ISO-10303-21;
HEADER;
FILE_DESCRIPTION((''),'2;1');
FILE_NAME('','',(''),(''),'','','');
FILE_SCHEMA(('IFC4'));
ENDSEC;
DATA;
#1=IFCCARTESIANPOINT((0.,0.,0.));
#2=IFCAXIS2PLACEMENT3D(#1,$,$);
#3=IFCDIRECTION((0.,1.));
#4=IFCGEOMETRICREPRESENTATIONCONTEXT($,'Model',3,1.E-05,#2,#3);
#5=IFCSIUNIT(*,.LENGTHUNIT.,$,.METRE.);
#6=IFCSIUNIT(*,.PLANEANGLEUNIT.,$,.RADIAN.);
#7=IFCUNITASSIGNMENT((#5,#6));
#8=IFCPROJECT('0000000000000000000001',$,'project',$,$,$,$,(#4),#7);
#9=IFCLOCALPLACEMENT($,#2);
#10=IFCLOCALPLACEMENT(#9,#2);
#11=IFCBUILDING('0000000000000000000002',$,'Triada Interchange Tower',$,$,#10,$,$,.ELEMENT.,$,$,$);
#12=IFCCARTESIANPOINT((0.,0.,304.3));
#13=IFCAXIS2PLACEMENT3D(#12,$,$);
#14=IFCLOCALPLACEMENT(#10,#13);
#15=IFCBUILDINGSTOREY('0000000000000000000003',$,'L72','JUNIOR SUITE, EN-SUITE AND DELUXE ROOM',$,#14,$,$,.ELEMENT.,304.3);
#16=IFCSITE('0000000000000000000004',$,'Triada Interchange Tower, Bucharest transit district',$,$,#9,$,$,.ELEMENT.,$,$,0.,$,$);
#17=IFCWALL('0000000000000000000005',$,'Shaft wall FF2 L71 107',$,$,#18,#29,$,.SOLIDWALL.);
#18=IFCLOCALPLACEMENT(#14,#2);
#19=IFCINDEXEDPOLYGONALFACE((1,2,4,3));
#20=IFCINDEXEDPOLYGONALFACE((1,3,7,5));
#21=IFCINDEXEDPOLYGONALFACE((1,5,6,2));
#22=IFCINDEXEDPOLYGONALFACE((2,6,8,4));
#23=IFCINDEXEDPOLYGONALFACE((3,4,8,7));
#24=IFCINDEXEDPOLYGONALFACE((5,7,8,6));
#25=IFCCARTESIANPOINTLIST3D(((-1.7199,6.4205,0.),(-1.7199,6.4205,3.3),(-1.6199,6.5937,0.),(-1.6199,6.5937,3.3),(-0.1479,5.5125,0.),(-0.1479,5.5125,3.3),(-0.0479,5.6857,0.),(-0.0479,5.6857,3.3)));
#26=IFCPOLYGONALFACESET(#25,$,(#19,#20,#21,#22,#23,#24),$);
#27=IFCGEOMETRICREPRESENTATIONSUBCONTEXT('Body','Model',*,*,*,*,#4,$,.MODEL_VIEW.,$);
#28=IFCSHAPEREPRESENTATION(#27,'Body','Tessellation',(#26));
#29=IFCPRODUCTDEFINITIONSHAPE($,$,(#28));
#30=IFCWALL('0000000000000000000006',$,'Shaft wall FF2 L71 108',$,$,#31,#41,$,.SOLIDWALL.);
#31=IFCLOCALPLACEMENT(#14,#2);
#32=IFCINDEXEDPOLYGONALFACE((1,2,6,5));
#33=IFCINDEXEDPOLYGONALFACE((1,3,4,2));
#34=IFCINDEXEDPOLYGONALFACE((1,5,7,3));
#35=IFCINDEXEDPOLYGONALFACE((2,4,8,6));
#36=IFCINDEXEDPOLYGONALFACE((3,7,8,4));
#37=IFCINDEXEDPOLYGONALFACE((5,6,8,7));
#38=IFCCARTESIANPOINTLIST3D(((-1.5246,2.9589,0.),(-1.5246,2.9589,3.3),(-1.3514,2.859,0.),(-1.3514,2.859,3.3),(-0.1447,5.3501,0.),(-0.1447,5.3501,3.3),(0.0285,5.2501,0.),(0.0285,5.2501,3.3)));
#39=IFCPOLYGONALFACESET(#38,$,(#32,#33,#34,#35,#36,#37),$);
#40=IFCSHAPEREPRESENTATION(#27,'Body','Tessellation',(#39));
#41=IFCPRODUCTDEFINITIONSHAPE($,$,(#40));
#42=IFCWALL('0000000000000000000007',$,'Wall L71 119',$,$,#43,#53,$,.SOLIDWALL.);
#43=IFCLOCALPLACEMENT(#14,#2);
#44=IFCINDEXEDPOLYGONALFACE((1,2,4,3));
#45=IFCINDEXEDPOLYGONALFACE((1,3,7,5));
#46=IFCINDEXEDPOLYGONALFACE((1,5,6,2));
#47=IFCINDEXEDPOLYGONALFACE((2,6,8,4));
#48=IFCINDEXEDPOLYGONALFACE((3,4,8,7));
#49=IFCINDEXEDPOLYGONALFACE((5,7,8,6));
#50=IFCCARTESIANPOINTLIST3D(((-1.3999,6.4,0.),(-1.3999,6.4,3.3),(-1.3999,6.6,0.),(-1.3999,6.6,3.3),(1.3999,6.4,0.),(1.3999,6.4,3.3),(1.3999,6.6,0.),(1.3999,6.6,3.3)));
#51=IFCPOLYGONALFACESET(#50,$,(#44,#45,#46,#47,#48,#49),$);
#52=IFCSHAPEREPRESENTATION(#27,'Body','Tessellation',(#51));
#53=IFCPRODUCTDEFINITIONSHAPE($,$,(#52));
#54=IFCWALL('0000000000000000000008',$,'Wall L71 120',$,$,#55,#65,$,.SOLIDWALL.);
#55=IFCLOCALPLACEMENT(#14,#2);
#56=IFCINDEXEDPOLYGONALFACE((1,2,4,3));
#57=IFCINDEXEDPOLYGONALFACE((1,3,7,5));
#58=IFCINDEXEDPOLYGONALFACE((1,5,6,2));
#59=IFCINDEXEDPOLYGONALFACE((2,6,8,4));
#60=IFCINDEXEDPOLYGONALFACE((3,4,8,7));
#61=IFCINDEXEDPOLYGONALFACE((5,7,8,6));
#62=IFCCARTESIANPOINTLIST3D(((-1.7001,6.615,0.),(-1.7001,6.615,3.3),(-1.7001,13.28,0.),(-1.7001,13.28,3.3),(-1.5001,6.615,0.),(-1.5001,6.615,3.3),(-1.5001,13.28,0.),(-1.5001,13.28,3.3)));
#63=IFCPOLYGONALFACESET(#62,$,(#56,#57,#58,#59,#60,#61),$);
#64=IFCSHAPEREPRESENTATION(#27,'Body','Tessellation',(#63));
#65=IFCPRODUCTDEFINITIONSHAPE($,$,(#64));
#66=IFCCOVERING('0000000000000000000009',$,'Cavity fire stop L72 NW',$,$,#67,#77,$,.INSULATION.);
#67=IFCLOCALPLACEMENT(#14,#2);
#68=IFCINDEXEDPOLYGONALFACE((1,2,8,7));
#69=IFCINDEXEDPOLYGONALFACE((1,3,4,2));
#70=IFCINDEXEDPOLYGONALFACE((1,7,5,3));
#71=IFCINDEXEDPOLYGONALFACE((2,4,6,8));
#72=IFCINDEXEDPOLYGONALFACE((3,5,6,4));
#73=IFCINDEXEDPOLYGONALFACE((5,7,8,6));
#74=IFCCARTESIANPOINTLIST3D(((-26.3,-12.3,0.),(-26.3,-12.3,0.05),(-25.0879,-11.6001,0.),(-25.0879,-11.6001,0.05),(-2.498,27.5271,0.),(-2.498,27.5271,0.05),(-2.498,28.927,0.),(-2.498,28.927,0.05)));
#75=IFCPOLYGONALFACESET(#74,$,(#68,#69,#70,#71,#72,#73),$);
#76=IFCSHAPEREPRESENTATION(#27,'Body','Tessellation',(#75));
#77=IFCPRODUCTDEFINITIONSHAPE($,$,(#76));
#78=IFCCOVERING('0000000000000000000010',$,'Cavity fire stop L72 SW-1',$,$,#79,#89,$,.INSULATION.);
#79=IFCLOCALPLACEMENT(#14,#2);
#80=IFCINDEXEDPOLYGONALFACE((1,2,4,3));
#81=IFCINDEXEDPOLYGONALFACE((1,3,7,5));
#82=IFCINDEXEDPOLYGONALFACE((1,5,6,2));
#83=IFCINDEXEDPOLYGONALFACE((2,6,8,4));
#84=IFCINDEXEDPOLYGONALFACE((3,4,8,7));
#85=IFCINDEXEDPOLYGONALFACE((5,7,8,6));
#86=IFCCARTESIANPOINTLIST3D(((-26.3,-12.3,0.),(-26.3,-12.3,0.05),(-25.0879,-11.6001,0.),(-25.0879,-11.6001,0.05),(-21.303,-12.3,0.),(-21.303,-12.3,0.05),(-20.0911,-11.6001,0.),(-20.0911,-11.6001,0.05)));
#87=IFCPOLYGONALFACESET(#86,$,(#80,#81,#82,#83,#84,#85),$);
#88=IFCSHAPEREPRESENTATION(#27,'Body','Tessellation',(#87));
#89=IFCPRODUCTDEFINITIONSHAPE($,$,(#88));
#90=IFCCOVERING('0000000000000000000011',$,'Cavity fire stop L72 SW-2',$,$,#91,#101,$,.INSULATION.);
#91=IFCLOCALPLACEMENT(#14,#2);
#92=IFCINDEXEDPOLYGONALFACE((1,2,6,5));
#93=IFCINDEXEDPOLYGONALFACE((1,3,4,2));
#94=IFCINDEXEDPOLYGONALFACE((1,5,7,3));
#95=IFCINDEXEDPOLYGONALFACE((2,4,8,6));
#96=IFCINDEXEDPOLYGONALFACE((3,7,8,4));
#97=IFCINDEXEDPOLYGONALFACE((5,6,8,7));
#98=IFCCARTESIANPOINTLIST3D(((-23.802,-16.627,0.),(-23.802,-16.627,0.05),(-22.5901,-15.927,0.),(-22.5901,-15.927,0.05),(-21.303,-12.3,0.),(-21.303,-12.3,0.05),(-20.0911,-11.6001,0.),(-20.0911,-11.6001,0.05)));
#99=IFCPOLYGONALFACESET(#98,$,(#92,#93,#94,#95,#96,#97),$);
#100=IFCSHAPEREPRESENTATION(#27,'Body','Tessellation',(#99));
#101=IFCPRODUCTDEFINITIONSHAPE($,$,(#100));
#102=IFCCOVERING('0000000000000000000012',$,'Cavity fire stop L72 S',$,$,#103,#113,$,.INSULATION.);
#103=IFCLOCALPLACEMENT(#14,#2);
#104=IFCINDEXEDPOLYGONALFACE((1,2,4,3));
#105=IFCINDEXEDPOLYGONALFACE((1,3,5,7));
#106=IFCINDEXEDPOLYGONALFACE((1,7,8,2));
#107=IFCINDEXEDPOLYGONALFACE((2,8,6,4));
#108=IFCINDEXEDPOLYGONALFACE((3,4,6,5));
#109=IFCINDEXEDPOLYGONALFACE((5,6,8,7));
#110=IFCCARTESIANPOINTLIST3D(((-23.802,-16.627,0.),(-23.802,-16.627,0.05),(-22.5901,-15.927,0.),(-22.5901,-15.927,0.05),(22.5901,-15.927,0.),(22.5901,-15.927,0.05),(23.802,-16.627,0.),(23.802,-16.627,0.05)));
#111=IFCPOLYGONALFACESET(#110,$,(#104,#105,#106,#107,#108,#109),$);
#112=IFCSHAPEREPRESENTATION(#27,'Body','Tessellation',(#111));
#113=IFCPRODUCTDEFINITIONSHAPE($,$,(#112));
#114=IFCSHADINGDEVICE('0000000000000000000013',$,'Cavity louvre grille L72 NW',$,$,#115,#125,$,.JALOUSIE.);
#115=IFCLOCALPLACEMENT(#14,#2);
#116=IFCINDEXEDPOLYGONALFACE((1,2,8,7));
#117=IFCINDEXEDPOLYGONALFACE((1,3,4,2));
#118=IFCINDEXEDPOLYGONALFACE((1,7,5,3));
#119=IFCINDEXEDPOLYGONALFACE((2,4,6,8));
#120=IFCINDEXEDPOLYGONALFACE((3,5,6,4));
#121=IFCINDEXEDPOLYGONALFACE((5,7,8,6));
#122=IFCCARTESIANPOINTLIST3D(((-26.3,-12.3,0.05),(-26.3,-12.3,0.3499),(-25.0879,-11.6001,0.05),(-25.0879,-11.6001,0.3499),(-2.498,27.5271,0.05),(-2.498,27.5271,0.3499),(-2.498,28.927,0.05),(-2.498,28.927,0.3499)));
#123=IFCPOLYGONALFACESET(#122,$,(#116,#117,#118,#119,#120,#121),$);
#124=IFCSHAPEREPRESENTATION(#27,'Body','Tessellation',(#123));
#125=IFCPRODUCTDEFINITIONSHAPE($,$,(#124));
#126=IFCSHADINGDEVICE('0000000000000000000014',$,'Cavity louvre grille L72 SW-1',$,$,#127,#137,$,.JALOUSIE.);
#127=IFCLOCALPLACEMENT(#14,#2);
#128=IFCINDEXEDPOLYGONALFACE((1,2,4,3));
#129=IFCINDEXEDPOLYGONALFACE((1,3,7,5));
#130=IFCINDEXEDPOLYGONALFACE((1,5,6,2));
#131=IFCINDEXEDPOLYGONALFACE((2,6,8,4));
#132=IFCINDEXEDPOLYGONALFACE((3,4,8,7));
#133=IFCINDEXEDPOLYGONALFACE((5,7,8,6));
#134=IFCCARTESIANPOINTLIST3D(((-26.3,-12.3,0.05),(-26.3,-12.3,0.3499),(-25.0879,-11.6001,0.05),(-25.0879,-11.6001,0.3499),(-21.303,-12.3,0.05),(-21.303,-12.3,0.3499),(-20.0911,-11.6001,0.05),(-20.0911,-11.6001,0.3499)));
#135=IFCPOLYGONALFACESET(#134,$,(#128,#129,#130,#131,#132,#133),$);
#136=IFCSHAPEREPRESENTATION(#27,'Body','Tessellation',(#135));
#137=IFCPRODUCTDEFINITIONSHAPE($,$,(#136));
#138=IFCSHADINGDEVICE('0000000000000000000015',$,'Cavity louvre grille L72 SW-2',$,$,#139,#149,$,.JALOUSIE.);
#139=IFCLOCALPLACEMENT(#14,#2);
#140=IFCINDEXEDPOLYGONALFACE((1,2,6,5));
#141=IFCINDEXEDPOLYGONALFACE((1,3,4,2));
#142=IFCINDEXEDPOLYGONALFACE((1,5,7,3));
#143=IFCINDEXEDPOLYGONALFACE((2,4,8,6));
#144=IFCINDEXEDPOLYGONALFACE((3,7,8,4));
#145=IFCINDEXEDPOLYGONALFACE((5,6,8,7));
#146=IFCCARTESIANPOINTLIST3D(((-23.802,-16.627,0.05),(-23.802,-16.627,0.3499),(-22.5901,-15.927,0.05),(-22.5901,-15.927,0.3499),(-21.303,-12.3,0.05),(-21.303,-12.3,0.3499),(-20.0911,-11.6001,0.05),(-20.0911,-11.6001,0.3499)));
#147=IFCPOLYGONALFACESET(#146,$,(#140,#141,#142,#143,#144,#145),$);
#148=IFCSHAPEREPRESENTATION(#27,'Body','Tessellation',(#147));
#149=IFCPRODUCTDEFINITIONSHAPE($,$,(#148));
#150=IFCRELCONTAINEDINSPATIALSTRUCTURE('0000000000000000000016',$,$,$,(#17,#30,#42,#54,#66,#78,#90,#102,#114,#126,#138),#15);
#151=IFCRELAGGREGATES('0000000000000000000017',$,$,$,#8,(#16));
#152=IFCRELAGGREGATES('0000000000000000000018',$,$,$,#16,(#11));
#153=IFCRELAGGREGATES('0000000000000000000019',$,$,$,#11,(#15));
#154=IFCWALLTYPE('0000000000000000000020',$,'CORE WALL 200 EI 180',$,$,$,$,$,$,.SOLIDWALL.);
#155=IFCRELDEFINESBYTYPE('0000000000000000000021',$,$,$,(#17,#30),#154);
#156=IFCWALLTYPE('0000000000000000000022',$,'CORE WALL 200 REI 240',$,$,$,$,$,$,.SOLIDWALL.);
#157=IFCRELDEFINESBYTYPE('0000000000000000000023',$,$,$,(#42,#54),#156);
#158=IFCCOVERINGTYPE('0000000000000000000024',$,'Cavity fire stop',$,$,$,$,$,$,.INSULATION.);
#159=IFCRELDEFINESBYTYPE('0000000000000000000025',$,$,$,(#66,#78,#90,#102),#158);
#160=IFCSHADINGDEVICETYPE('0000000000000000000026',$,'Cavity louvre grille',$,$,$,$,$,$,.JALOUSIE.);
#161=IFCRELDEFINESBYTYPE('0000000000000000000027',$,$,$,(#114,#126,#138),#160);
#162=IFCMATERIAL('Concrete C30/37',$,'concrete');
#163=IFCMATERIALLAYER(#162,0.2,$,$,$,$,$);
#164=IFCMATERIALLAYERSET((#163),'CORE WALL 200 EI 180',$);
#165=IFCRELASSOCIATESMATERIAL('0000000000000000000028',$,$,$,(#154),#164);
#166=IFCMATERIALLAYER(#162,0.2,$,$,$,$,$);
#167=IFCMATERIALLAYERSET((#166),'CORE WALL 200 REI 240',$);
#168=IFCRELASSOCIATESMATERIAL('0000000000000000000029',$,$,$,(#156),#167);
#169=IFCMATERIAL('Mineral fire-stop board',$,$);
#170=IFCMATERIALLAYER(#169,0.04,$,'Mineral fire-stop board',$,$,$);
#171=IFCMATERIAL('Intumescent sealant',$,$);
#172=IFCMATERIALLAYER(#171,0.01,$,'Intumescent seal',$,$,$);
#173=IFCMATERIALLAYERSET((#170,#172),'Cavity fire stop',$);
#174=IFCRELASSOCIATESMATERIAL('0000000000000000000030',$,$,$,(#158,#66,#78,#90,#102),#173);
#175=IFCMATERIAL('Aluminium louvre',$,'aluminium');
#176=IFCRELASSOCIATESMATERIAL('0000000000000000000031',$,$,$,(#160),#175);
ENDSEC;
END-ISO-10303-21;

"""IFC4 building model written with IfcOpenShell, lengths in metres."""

from ifc_helpers import new_model, si_unit, direction, frame, frame_2d, origin, place, context, subcontext, project, spatial, polyline, rectangle, outline, extrude, material, layer, layer_set, layer_usage, type_object, element, save


model = new_model("IFC4")

# Units and contexts
model_context = context("Model", 3, precision=1e-05, world=origin(), true_north=direction((0.0, 1.0)))
body_context = subcontext(model_context, "Body", "Model", "MODEL_VIEW")
ifc_project = project(units=[si_unit("LENGTHUNIT", "METRE"), si_unit("PLANEANGLEUNIT", "RADIAN")], contexts=[model_context])

# Site, building, storey
site_placement = place(None, origin())
site = spatial("IfcSite", under=ifc_project, at=site_placement, Name="Triada Interchange Tower, Bucharest transit district", CompositionType="ELEMENT", RefElevation=0.0)
building_placement = place(site_placement, origin())
building = spatial("IfcBuilding", under=site, at=building_placement, Name="Triada Interchange Tower", CompositionType="ELEMENT")
storey_placement = place(building_placement, frame((0.0, 0.0, 304.3)))
storey = spatial("IfcBuildingStorey", under=building, at=storey_placement, Name="L72", Description="JUNIOR SUITE, EN-SUITE AND DELUXE ROOM", CompositionType="ELEMENT", Elevation=304.3)

# Shared definitions
ifc_material_1 = material(Name="Concrete C30/37", Category="concrete")
ifc_layer_1 = layer(ifc_material_1, 0.2)
ifc_layer_set_1 = layer_set([ifc_layer_1], Name="CORE WALL 200 EI 180")
wall_type_1 = type_object("IfcWallType", Name="CORE WALL 200 EI 180", PredefinedType="SOLIDWALL", material=ifc_layer_set_1)

# Walls
wall_1_placement = place(storey_placement, frame((-1.6699, 6.5071, 0.0), z_axis=(0.0, 0.0, 1.0), x_axis=(0.865941, -0.500145, 0.0)))
element("IfcWall", 1, at=wall_1_placement, inside=storey, type_object=wall_type_1, Name="Shaft wall FF2 L71 107", PredefinedType="SOLIDWALL", context=body_context, shape_type="SweptSolid", body=[
    extrude(rectangle(XDim=1.8154, YDim=0.2, at=frame_2d((0.9077, 0.0))), origin(), (0.0, 0.0, 1.0), 3.3),
])
wall_2_placement = place(storey_placement, frame((-1.438, 2.9089, 0.0), z_axis=(0.0, 0.0, 1.0), x_axis=(0.49983, 0.866124, 0.0)))
element("IfcWall", 2, at=wall_2_placement, inside=storey, type_object=wall_type_1, Name="Shaft wall FF2 L71 108", PredefinedType="SOLIDWALL", context=body_context, shape_type="SweptSolid", body=[
    extrude(rectangle(XDim=2.7607, YDim=0.2, at=frame_2d((1.3804, 0.0))), origin(), (0.0, 0.0, 1.0), 3.3),
])
ifc_layer_2 = layer(ifc_material_1, 0.2)
ifc_layer_set_2 = layer_set([ifc_layer_2], Name="CORE WALL 200 REI 240")
wall_type_2 = type_object("IfcWallType", Name="CORE WALL 200 REI 240", PredefinedType="SOLIDWALL", material=ifc_layer_set_2)
wall_3_placement = place(storey_placement, frame((-1.3999, 6.5, 0.0), z_axis=(0.0, 0.0, 1.0), x_axis=(1.0, 0.0, 0.0)))
element("IfcWall", 3, at=wall_3_placement, inside=storey, type_object=wall_type_2, Name="Wall L71 119", PredefinedType="SOLIDWALL", context=body_context, shape_type="SweptSolid", body=[
    extrude(rectangle(XDim=2.7998, YDim=0.2, at=frame_2d((1.3999, 0.0))), origin(), (0.0, 0.0, 1.0), 3.3),
])
wall_4_placement = place(storey_placement, frame((-1.6001, 6.615, 0.0), z_axis=(0.0, 0.0, 1.0), x_axis=(0.0, 1.0, 0.0)))
element("IfcWall", 4, at=wall_4_placement, inside=storey, type_object=wall_type_2, Name="Wall L71 120", PredefinedType="SOLIDWALL", context=body_context, shape_type="SweptSolid", body=[
    extrude(rectangle(XDim=6.665, YDim=0.2, at=frame_2d((3.3325, 0.0))), origin(), (0.0, 0.0, 1.0), 3.3),
])

# Coverings
ifc_material_2 = material(Name="Mineral fire-stop board")
ifc_layer_3 = layer(ifc_material_2, 0.04, Name="Mineral fire-stop board")
ifc_material_3 = material(Name="Intumescent sealant")
ifc_layer_4 = layer(ifc_material_3, 0.01, Name="Intumescent seal")
ifc_layer_set_3 = layer_set([ifc_layer_3, ifc_layer_4], Name="Cavity fire stop")
ifc_layer_usage = layer_usage(ifc_layer_set_3, "AXIS3", "POSITIVE", 0.0)
covering_type = type_object("IfcCoveringType", Name="Cavity fire stop", PredefinedType="INSULATION", material=ifc_layer_set_3)
covering_1_placement = place(storey_placement, origin())
element("IfcCovering", 5, at=covering_1_placement, inside=storey, type_object=covering_type, material=ifc_layer_usage, Name="Cavity fire stop L72 NW", PredefinedType="INSULATION", context=body_context, shape_type="SweptSolid", body=[
    extrude(outline(polyline([(-2.498, 27.5271), (-2.498, 28.927), (-26.3, -12.3), (-25.0879, -11.6001), (-2.498, 27.5271)])), origin(), (0.0, 0.0, 1.0), 0.05),
])
covering_2_placement = place(storey_placement, origin())
element("IfcCovering", 6, at=covering_2_placement, inside=storey, type_object=covering_type, material=ifc_layer_usage, Name="Cavity fire stop L72 SW-1", PredefinedType="INSULATION", context=body_context, shape_type="SweptSolid", body=[
    extrude(outline(polyline([(-25.0879, -11.6001), (-26.3, -12.3), (-21.303, -12.3), (-20.0911, -11.6001), (-25.0879, -11.6001)])), origin(), (0.0, 0.0, 1.0), 0.05),
])
covering_3_placement = place(storey_placement, origin())
element("IfcCovering", 7, at=covering_3_placement, inside=storey, type_object=covering_type, material=ifc_layer_usage, Name="Cavity fire stop L72 SW-2", PredefinedType="INSULATION", context=body_context, shape_type="SweptSolid", body=[
    extrude(outline(polyline([(-20.0911, -11.6001), (-21.303, -12.3), (-23.802, -16.627), (-22.5901, -15.927), (-20.0911, -11.6001)])), origin(), (0.0, 0.0, 1.0), 0.05),
])
covering_4_placement = place(storey_placement, origin())
element("IfcCovering", 8, at=covering_4_placement, inside=storey, type_object=covering_type, material=ifc_layer_usage, Name="Cavity fire stop L72 S", PredefinedType="INSULATION", context=body_context, shape_type="SweptSolid", body=[
    extrude(outline(polyline([(-22.5901, -15.927), (-23.802, -16.627), (23.802, -16.627), (22.5901, -15.927), (-22.5901, -15.927)])), origin(), (0.0, 0.0, 1.0), 0.05),
])

# Shading devices
ifc_material_4 = material(Name="Aluminium louvre", Category="aluminium")
shading_device_type = type_object("IfcShadingDeviceType", Name="Cavity louvre grille", PredefinedType="JALOUSIE", material=ifc_material_4)
shading_device_1_placement = place(storey_placement, frame((0.0, 0.0, 0.05)))
element("IfcShadingDevice", 9, at=shading_device_1_placement, inside=storey, type_object=shading_device_type, Name="Cavity louvre grille L72 NW", PredefinedType="JALOUSIE", context=body_context, shape_type="SweptSolid", body=[
    extrude(outline(polyline([(-2.498, 27.5271), (-2.498, 28.927), (-26.3, -12.3), (-25.0879, -11.6001), (-2.498, 27.5271)])), origin(), (0.0, 0.0, 1.0), 0.2998),
])
shading_device_2_placement = place(storey_placement, frame((0.0, 0.0, 0.05)))
element("IfcShadingDevice", 10, at=shading_device_2_placement, inside=storey, type_object=shading_device_type, Name="Cavity louvre grille L72 SW-1", PredefinedType="JALOUSIE", context=body_context, shape_type="SweptSolid", body=[
    extrude(outline(polyline([(-25.0879, -11.6001), (-26.3, -12.3), (-21.303, -12.3), (-20.0911, -11.6001), (-25.0879, -11.6001)])), origin(), (0.0, 0.0, 1.0), 0.2998),
])
shading_device_3_placement = place(storey_placement, frame((0.0, 0.0, 0.05)))
element("IfcShadingDevice", 11, at=shading_device_3_placement, inside=storey, type_object=shading_device_type, Name="Cavity louvre grille L72 SW-2", PredefinedType="JALOUSIE", context=body_context, shape_type="SweptSolid", body=[
    extrude(outline(polyline([(-20.0911, -11.6001), (-21.303, -12.3), (-23.802, -16.627), (-22.5901, -15.927), (-20.0911, -11.6001)])), origin(), (0.0, 0.0, 1.0), 0.2998),
])

save(model, "model.ifc")
